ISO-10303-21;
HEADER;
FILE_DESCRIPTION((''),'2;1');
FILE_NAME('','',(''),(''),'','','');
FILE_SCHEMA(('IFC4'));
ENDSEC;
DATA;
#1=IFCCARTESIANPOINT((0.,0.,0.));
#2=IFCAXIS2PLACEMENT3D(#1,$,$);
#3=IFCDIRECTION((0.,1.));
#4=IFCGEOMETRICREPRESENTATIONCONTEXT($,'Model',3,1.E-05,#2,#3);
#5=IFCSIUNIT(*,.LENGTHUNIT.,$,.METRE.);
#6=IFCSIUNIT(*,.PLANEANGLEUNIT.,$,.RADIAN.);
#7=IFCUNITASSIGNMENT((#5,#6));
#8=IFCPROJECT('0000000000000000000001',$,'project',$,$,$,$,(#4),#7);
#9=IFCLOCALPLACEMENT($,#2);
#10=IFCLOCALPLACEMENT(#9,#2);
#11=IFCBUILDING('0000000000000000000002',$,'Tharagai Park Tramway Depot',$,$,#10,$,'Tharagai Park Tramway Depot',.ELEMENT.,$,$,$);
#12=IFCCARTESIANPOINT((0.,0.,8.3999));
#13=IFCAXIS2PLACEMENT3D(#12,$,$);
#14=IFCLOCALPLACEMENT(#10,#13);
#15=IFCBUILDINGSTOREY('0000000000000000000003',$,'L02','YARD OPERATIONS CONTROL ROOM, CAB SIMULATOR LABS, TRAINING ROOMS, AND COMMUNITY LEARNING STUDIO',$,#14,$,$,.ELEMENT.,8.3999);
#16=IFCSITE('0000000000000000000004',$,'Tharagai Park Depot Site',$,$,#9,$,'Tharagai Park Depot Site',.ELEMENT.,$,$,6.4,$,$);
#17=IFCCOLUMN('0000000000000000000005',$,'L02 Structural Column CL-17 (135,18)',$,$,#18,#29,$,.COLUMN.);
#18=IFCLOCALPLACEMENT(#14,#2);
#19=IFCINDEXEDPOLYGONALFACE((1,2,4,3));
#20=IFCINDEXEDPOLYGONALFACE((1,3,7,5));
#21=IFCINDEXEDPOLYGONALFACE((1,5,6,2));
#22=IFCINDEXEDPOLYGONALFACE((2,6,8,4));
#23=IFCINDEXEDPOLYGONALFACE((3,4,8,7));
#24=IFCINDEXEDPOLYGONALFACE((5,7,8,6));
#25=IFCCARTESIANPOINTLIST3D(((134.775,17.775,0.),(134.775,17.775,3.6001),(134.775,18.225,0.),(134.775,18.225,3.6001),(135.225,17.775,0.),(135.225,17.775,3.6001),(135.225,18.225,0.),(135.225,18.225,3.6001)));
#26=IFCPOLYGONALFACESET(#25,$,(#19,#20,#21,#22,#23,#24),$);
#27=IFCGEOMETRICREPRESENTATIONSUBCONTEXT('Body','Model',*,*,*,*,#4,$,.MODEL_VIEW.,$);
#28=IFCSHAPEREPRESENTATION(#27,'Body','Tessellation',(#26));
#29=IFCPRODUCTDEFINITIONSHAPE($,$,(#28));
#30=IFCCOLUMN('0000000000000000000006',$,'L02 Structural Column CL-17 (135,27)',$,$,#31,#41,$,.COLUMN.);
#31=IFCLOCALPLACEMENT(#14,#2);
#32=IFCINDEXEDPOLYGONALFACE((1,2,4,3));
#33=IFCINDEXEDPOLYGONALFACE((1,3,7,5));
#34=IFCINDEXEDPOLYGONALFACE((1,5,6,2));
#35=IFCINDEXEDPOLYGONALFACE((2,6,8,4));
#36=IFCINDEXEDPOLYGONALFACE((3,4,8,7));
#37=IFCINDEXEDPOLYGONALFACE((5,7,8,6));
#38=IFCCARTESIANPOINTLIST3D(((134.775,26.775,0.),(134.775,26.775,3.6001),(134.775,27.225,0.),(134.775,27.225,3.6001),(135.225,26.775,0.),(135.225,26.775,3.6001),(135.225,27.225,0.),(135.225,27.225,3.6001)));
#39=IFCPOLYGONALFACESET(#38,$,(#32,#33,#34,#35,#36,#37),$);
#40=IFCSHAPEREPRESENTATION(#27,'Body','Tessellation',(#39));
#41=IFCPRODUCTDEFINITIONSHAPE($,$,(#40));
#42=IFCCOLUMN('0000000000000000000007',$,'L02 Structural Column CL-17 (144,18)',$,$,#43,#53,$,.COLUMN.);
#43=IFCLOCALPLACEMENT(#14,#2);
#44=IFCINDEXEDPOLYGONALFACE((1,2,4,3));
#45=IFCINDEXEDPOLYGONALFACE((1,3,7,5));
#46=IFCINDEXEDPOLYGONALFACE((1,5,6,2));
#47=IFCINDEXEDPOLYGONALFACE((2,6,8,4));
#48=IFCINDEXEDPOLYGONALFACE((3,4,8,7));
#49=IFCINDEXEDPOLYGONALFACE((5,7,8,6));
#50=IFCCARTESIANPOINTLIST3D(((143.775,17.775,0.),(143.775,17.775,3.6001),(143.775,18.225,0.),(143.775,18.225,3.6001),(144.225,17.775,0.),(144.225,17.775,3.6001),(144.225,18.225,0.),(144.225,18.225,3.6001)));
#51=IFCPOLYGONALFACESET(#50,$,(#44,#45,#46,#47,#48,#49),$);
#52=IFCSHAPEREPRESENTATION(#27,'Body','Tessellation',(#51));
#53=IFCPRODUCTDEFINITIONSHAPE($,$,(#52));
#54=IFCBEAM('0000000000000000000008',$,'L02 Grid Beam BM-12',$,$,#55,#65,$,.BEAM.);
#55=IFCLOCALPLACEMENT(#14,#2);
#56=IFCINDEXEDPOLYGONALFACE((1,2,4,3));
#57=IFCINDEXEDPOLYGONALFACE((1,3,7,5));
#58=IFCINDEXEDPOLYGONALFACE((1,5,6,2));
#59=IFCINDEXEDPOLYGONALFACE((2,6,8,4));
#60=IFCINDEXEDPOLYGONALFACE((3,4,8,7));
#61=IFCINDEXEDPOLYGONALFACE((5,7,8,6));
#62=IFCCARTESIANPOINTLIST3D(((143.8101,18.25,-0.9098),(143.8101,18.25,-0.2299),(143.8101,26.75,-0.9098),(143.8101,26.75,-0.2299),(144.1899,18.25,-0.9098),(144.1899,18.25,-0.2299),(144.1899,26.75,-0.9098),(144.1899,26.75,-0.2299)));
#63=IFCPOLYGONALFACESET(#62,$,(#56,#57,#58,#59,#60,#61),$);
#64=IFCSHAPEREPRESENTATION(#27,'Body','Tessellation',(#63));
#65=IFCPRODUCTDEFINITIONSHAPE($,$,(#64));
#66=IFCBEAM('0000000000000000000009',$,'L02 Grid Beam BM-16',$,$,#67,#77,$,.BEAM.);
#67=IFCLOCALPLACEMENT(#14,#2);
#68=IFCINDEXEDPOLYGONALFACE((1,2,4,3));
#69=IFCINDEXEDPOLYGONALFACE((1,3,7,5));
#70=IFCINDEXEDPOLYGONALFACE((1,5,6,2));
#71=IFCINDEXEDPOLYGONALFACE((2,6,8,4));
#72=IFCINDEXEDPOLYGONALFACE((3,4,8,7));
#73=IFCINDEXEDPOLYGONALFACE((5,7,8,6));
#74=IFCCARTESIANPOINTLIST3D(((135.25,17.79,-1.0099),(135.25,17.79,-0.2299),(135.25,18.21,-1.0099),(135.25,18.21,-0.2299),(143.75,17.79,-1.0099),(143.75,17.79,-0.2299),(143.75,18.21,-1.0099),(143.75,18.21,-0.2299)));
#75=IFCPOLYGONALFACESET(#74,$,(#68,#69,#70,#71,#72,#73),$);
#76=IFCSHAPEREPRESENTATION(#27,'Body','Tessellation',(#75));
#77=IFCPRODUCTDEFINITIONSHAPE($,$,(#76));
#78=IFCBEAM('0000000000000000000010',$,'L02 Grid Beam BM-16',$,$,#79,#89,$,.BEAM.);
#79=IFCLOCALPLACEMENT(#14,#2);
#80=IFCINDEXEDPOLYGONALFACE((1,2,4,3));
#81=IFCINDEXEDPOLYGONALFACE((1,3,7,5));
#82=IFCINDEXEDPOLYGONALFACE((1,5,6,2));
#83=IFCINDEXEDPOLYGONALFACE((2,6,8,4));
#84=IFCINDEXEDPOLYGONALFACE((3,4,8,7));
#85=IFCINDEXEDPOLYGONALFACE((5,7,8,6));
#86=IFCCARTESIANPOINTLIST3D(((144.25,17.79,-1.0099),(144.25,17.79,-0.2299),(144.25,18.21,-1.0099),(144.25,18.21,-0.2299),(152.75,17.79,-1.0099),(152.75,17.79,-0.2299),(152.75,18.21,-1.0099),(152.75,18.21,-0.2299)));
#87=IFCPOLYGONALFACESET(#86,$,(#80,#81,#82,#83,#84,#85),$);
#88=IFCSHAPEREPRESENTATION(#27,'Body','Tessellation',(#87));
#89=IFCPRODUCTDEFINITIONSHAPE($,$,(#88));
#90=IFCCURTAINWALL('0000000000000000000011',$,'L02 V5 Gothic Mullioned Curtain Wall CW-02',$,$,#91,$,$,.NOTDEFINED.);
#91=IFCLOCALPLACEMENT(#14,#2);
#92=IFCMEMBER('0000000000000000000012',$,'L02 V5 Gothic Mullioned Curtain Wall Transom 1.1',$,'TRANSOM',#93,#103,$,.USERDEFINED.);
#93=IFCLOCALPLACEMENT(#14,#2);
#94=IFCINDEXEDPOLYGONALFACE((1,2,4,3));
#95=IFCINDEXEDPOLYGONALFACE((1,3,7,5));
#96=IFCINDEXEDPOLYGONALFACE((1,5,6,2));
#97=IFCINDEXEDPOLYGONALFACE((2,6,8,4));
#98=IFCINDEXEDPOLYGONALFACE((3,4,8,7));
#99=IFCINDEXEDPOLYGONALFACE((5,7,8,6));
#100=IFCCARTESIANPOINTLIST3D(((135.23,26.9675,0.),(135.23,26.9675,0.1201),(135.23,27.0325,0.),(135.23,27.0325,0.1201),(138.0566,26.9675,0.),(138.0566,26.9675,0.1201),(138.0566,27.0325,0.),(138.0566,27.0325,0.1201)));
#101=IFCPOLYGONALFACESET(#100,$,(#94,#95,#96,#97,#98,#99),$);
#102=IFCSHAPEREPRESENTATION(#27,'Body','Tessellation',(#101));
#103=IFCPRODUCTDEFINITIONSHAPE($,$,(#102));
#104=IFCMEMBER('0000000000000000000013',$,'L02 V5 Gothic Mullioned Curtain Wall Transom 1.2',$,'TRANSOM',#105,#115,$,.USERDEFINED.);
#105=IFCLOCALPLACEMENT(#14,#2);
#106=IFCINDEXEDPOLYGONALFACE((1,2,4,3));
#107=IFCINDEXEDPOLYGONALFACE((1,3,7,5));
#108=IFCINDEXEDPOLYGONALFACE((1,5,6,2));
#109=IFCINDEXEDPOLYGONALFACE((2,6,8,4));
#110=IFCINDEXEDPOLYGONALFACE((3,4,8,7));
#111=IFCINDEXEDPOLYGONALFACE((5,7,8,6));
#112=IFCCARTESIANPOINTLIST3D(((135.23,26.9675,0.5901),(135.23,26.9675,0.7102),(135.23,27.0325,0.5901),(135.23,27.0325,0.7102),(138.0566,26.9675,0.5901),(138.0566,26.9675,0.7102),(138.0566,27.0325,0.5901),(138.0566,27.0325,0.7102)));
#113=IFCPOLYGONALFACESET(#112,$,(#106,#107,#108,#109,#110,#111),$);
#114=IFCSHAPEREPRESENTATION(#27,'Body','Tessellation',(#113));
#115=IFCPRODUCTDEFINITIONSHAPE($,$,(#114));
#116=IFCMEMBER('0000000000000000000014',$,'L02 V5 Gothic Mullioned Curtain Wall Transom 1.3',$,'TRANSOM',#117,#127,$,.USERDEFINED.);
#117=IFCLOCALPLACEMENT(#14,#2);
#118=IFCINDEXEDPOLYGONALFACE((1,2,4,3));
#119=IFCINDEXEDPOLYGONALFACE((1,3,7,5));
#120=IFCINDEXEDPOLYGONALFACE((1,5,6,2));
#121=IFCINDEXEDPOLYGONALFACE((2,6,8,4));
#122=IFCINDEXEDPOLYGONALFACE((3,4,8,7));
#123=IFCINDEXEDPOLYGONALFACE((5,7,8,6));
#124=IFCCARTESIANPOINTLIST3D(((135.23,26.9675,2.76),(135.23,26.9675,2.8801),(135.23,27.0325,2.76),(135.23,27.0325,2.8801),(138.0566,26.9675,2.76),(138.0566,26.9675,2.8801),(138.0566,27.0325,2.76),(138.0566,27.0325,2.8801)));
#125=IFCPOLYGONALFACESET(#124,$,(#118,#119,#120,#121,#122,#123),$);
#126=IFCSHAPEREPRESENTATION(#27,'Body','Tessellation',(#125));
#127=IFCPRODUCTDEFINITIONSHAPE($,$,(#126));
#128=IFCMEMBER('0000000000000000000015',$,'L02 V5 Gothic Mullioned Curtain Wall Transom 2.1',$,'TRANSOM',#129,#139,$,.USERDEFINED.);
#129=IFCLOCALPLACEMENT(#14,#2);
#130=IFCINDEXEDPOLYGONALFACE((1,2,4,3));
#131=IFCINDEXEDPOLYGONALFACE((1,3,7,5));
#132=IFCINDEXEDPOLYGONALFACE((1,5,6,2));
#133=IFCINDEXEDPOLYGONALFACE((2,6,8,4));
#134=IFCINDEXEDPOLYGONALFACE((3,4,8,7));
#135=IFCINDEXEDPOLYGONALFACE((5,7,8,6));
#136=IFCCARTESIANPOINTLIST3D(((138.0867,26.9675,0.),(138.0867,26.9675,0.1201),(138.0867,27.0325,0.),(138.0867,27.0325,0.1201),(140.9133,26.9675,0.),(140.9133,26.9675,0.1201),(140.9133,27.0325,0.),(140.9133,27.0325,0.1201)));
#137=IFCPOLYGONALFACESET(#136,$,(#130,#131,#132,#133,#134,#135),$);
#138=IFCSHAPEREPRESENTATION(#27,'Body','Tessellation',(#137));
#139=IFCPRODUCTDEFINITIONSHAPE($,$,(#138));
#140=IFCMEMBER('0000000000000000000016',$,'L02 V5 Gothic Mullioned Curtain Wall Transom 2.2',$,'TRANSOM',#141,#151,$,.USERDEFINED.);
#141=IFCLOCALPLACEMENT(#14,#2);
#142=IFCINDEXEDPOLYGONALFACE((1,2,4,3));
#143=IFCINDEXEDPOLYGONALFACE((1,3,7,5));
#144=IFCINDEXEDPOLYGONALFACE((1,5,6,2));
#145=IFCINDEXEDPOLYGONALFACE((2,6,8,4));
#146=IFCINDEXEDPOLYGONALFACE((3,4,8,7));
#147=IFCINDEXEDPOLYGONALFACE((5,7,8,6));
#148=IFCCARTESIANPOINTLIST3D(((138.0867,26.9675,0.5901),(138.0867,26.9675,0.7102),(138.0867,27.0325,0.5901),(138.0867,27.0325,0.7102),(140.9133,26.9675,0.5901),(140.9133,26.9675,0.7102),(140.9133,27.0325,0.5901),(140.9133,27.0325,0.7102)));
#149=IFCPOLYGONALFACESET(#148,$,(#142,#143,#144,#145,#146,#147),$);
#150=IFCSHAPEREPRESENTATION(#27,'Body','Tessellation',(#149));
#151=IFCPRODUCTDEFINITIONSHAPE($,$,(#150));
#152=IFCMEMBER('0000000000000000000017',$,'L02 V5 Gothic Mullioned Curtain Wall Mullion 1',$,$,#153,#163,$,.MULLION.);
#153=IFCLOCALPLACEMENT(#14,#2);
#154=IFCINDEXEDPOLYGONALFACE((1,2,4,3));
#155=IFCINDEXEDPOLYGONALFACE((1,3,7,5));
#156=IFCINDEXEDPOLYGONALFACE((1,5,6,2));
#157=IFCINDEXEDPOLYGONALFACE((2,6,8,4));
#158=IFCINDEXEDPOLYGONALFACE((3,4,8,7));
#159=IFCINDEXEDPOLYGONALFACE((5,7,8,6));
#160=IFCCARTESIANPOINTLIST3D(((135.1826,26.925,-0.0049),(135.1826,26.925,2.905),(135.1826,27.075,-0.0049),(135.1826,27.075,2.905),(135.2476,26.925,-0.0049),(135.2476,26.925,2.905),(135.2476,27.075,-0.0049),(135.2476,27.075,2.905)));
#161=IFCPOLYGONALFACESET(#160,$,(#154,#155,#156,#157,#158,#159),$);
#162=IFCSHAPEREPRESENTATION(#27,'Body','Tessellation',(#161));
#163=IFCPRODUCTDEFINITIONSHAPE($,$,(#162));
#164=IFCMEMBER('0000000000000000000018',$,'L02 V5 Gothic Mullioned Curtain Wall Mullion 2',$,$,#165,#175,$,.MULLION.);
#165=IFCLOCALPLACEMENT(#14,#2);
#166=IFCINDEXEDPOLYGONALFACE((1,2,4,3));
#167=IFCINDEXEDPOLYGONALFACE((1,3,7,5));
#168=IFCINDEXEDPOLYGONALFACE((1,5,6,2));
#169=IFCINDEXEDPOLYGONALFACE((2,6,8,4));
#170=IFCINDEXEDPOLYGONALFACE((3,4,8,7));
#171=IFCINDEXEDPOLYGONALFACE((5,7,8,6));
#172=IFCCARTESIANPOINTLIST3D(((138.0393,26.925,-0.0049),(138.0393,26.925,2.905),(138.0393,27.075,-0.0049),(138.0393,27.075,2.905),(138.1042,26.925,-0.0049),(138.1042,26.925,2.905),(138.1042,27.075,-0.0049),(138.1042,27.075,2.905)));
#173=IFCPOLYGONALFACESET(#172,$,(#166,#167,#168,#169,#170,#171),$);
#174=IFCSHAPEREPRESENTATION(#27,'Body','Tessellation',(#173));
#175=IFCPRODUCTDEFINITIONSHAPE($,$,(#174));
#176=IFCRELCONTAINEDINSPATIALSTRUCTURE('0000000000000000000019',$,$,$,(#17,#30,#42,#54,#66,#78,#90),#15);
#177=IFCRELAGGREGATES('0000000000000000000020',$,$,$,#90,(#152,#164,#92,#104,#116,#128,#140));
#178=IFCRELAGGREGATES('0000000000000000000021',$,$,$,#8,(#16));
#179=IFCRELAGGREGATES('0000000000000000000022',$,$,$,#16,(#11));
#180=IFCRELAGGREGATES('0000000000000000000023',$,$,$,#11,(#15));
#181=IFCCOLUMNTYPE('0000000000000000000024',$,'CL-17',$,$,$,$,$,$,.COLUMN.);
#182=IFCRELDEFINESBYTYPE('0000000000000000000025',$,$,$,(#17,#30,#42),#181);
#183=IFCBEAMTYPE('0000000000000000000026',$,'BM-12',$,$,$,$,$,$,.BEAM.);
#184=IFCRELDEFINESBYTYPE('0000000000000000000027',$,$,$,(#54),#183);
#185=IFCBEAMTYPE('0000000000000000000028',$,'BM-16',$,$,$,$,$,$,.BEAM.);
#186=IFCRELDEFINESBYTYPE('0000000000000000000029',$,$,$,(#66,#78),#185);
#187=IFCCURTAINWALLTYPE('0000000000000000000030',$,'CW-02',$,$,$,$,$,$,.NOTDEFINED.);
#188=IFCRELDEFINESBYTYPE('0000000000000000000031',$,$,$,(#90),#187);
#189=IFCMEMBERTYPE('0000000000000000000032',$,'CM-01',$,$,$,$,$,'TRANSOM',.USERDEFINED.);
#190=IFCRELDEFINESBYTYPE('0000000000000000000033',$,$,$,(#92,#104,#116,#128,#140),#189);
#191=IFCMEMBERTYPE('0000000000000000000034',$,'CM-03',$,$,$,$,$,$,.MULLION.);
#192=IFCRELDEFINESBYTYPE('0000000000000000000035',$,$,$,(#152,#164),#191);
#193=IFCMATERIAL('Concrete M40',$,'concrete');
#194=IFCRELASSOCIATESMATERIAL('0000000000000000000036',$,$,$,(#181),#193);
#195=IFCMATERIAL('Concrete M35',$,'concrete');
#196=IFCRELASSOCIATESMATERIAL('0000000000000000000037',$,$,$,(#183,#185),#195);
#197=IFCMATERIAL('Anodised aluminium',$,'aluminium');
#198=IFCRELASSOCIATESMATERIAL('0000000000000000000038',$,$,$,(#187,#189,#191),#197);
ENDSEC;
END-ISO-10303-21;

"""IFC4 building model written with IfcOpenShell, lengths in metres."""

from ifc_helpers import new_model, si_unit, direction, frame, origin, origin_2d, place, context, subcontext, project, spatial, rectangle, extrude, material, material_profile, profile_set, type_object, element, aggregate, save


model = new_model("IFC4")

# Units and contexts
model_context = context("Model", 3, precision=1e-05, world=origin(), true_north=direction((0.0, 1.0)))
body_context = subcontext(model_context, "Body", "Model", "MODEL_VIEW")
ifc_project = project(units=[si_unit("LENGTHUNIT", "METRE"), si_unit("PLANEANGLEUNIT", "RADIAN")], contexts=[model_context])

# Site, building, storey
site_placement = place(None, origin())
site = spatial("IfcSite", under=ifc_project, at=site_placement, Name="Tharagai Park Depot Site", LongName="Tharagai Park Depot Site", CompositionType="ELEMENT", RefElevation=6.4)
building_placement = place(site_placement, origin())
building = spatial("IfcBuilding", under=site, at=building_placement, Name="Tharagai Park Tramway Depot", LongName="Tharagai Park Tramway Depot", CompositionType="ELEMENT")
storey_placement = place(building_placement, frame((0.0, 0.0, 8.3999)))
storey = spatial("IfcBuildingStorey", under=building, at=storey_placement, Name="L02", Description="YARD OPERATIONS CONTROL ROOM, CAB SIMULATOR LABS, TRAINING ROOMS, AND COMMUNITY LEARNING STUDIO", CompositionType="ELEMENT", Elevation=8.3999)

# Columns
ifc_material_1 = material(Name="Concrete M40", Category="concrete")
ifc_material_profile_1 = material_profile(ifc_material_1, rectangle(XDim=0.45, YDim=0.45, at=origin_2d()), Name="RC 450x450")
ifc_profile_set_1 = profile_set([ifc_material_profile_1], Name="Concrete M40")
column_type = type_object("IfcColumnType", Name="CL-17", PredefinedType="COLUMN", material=ifc_profile_set_1)
for number, where, z_axis, x_axis, name in (
    (1, (135.0, 18.0, 0.0), (0.0, 0.0, 1.0), (1.0, 0.0, 0.0), "L02 Structural Column CL-17 (135,18)"),
    (2, (135.0, 27.0, 0.0), (0.0, 0.0, 1.0), (1.0, 0.0, 0.0), "L02 Structural Column CL-17 (135,27)"),
    (3, (144.0, 18.0, 0.0), (0.0, 0.0, 1.0), (1.0, 0.0, 0.0), "L02 Structural Column CL-17 (144,18)"),
):
    element("IfcColumn", number, at=place(storey_placement, frame(where, z_axis=z_axis, x_axis=x_axis)), inside=storey, type_object=column_type, Name=name, PredefinedType="COLUMN", context=body_context, shape_type="SweptSolid", body=[
        extrude(rectangle(XDim=0.45, YDim=0.45, at=origin_2d()), origin(), (0.0, 0.0, 1.0), 3.6001),
    ])

# Beams
ifc_material_2 = material(Name="Concrete M35", Category="concrete")
ifc_material_profile_2 = material_profile(ifc_material_2, rectangle(XDim=0.3799, YDim=0.6799, at=origin_2d()), Name="RC 380x680")
ifc_profile_set_2 = profile_set([ifc_material_profile_2], Name="Concrete M35")
beam_type_1 = type_object("IfcBeamType", Name="BM-12", PredefinedType="BEAM", material=ifc_profile_set_2)
beam_1_placement = place(storey_placement, frame((144.0, 18.25, -0.5698), z_axis=(0.0, 1.0, 0.0), x_axis=(-1.0, 0.0, 0.0)))
element("IfcBeam", 4, at=beam_1_placement, inside=storey, type_object=beam_type_1, Name="L02 Grid Beam BM-12", PredefinedType="BEAM", context=body_context, shape_type="SweptSolid", body=[
    extrude(rectangle(XDim=0.3799, YDim=0.6799, at=origin_2d()), origin(), (0.0, 0.0, 1.0), 8.5),
])
ifc_material_profile_3 = material_profile(ifc_material_2, rectangle(XDim=0.4199, YDim=0.78, at=origin_2d()), Name="RC 420x780")
ifc_profile_set_3 = profile_set([ifc_material_profile_3], Name="Concrete M35")
beam_type_2 = type_object("IfcBeamType", Name="BM-16", PredefinedType="BEAM", material=ifc_profile_set_3)
for number, where, z_axis, x_axis, name in (
    (5, (135.25, 18.0, -0.6199), (1.0, 0.0, 0.0), (0.0, 1.0, 0.0), "L02 Grid Beam BM-16"),
    (6, (144.25, 18.0, -0.6199), (1.0, 0.0, 0.0), (0.0, 1.0, 0.0), "L02 Grid Beam BM-16"),
):
    element("IfcBeam", number, at=place(storey_placement, frame(where, z_axis=z_axis, x_axis=x_axis)), inside=storey, type_object=beam_type_2, Name=name, PredefinedType="BEAM", context=body_context, shape_type="SweptSolid", body=[
        extrude(rectangle(XDim=0.4199, YDim=0.78, at=origin_2d()), origin(), (0.0, 0.0, 1.0), 8.5),
    ])

# Curtain wall, members
ifc_material_3 = material(Name="Anodised aluminium", Category="aluminium")
curtain_wall_type = type_object("IfcCurtainWallType", Name="CW-02", PredefinedType="NOTDEFINED", material=ifc_material_3)
curtain_wall_placement = place(storey_placement, origin())
curtain_wall = element("IfcCurtainWall", 7, at=curtain_wall_placement, inside=storey, type_object=curtain_wall_type, Name="L02 V5 Gothic Mullioned Curtain Wall CW-02", PredefinedType="NOTDEFINED")
ifc_material_profile_4 = material_profile(ifc_material_3, rectangle(XDim=0.0649, YDim=0.1201, at=origin_2d()), Name="ALU 65x120")
ifc_profile_set_4 = profile_set([ifc_material_profile_4], Name="Anodised aluminium")
member_type_1 = type_object("IfcMemberType", Name="CM-01", ElementType="TRANSOM", PredefinedType="USERDEFINED", material=ifc_profile_set_4)
member_1_placement = place(storey_placement, frame((135.23, 27.0, 0.0601), z_axis=(1.0, 0.0, 0.0), x_axis=(0.0, 1.0, 0.0)))
member_1 = element("IfcMember", 8, at=member_1_placement, type_object=member_type_1, Name="L02 V5 Gothic Mullioned Curtain Wall Transom 1.1", ObjectType="TRANSOM", PredefinedType="USERDEFINED", context=body_context, shape_type="SweptSolid", body=[
    extrude(rectangle(XDim=0.0649, YDim=0.1201, at=origin_2d()), origin(), (0.0, 0.0, 1.0), 2.8267),
])
member_2_placement = place(storey_placement, frame((135.23, 27.0, 0.6501), z_axis=(1.0, 0.0, 0.0), x_axis=(0.0, 1.0, 0.0)))
member_2 = element("IfcMember", 9, at=member_2_placement, type_object=member_type_1, Name="L02 V5 Gothic Mullioned Curtain Wall Transom 1.2", ObjectType="TRANSOM", PredefinedType="USERDEFINED", context=body_context, shape_type="SweptSolid", body=[
    extrude(rectangle(XDim=0.0649, YDim=0.1201, at=origin_2d()), origin(), (0.0, 0.0, 1.0), 2.8267),
])
member_3_placement = place(storey_placement, frame((135.23, 27.0, 2.8201), z_axis=(1.0, 0.0, 0.0), x_axis=(0.0, 1.0, 0.0)))
member_3 = element("IfcMember", 10, at=member_3_placement, type_object=member_type_1, Name="L02 V5 Gothic Mullioned Curtain Wall Transom 1.3", ObjectType="TRANSOM", PredefinedType="USERDEFINED", context=body_context, shape_type="SweptSolid", body=[
    extrude(rectangle(XDim=0.0649, YDim=0.1201, at=origin_2d()), origin(), (0.0, 0.0, 1.0), 2.8267),
])
member_4_placement = place(storey_placement, frame((138.0867, 27.0, 0.0601), z_axis=(1.0, 0.0, 0.0), x_axis=(0.0, 1.0, 0.0)))
member_4 = element("IfcMember", 11, at=member_4_placement, type_object=member_type_1, Name="L02 V5 Gothic Mullioned Curtain Wall Transom 2.1", ObjectType="TRANSOM", PredefinedType="USERDEFINED", context=body_context, shape_type="SweptSolid", body=[
    extrude(rectangle(XDim=0.0649, YDim=0.1201, at=origin_2d()), origin(), (0.0, 0.0, 1.0), 2.8267),
])
member_5_placement = place(storey_placement, frame((138.0867, 27.0, 0.6501), z_axis=(1.0, 0.0, 0.0), x_axis=(0.0, 1.0, 0.0)))
member_5 = element("IfcMember", 12, at=member_5_placement, type_object=member_type_1, Name="L02 V5 Gothic Mullioned Curtain Wall Transom 2.2", ObjectType="TRANSOM", PredefinedType="USERDEFINED", context=body_context, shape_type="SweptSolid", body=[
    extrude(rectangle(XDim=0.0649, YDim=0.1201, at=origin_2d()), origin(), (0.0, 0.0, 1.0), 2.8267),
])
ifc_material_profile_5 = material_profile(ifc_material_3, rectangle(XDim=0.0649, YDim=0.1499, at=origin_2d()), Name="ALU 65x150")
ifc_profile_set_5 = profile_set([ifc_material_profile_5], Name="Anodised aluminium")
member_type_2 = type_object("IfcMemberType", Name="CM-03", PredefinedType="MULLION", material=ifc_profile_set_5)
member_6_placement = place(storey_placement, frame((135.2151, 27.0, -0.0049), z_axis=(0.0, 0.0, 1.0), x_axis=(1.0, 0.0, 0.0)))
member_6 = element("IfcMember", 13, at=member_6_placement, type_object=member_type_2, Name="L02 V5 Gothic Mullioned Curtain Wall Mullion 1", PredefinedType="MULLION", context=body_context, shape_type="SweptSolid", body=[
    extrude(rectangle(XDim=0.0649, YDim=0.1499, at=origin_2d()), origin(), (0.0, 0.0, 1.0), 2.9099),
])
member_7_placement = place(storey_placement, frame((138.0718, 27.0, -0.0049), z_axis=(0.0, 0.0, 1.0), x_axis=(1.0, 0.0, 0.0)))
member_7 = element("IfcMember", 14, at=member_7_placement, type_object=member_type_2, Name="L02 V5 Gothic Mullioned Curtain Wall Mullion 2", PredefinedType="MULLION", context=body_context, shape_type="SweptSolid", body=[
    extrude(rectangle(XDim=0.0649, YDim=0.1499, at=origin_2d()), origin(), (0.0, 0.0, 1.0), 2.9099),
])

aggregate(curtain_wall, [member_6, member_7, member_1, member_2, member_3, member_4, member_5])

save(model, "model.ifc")
